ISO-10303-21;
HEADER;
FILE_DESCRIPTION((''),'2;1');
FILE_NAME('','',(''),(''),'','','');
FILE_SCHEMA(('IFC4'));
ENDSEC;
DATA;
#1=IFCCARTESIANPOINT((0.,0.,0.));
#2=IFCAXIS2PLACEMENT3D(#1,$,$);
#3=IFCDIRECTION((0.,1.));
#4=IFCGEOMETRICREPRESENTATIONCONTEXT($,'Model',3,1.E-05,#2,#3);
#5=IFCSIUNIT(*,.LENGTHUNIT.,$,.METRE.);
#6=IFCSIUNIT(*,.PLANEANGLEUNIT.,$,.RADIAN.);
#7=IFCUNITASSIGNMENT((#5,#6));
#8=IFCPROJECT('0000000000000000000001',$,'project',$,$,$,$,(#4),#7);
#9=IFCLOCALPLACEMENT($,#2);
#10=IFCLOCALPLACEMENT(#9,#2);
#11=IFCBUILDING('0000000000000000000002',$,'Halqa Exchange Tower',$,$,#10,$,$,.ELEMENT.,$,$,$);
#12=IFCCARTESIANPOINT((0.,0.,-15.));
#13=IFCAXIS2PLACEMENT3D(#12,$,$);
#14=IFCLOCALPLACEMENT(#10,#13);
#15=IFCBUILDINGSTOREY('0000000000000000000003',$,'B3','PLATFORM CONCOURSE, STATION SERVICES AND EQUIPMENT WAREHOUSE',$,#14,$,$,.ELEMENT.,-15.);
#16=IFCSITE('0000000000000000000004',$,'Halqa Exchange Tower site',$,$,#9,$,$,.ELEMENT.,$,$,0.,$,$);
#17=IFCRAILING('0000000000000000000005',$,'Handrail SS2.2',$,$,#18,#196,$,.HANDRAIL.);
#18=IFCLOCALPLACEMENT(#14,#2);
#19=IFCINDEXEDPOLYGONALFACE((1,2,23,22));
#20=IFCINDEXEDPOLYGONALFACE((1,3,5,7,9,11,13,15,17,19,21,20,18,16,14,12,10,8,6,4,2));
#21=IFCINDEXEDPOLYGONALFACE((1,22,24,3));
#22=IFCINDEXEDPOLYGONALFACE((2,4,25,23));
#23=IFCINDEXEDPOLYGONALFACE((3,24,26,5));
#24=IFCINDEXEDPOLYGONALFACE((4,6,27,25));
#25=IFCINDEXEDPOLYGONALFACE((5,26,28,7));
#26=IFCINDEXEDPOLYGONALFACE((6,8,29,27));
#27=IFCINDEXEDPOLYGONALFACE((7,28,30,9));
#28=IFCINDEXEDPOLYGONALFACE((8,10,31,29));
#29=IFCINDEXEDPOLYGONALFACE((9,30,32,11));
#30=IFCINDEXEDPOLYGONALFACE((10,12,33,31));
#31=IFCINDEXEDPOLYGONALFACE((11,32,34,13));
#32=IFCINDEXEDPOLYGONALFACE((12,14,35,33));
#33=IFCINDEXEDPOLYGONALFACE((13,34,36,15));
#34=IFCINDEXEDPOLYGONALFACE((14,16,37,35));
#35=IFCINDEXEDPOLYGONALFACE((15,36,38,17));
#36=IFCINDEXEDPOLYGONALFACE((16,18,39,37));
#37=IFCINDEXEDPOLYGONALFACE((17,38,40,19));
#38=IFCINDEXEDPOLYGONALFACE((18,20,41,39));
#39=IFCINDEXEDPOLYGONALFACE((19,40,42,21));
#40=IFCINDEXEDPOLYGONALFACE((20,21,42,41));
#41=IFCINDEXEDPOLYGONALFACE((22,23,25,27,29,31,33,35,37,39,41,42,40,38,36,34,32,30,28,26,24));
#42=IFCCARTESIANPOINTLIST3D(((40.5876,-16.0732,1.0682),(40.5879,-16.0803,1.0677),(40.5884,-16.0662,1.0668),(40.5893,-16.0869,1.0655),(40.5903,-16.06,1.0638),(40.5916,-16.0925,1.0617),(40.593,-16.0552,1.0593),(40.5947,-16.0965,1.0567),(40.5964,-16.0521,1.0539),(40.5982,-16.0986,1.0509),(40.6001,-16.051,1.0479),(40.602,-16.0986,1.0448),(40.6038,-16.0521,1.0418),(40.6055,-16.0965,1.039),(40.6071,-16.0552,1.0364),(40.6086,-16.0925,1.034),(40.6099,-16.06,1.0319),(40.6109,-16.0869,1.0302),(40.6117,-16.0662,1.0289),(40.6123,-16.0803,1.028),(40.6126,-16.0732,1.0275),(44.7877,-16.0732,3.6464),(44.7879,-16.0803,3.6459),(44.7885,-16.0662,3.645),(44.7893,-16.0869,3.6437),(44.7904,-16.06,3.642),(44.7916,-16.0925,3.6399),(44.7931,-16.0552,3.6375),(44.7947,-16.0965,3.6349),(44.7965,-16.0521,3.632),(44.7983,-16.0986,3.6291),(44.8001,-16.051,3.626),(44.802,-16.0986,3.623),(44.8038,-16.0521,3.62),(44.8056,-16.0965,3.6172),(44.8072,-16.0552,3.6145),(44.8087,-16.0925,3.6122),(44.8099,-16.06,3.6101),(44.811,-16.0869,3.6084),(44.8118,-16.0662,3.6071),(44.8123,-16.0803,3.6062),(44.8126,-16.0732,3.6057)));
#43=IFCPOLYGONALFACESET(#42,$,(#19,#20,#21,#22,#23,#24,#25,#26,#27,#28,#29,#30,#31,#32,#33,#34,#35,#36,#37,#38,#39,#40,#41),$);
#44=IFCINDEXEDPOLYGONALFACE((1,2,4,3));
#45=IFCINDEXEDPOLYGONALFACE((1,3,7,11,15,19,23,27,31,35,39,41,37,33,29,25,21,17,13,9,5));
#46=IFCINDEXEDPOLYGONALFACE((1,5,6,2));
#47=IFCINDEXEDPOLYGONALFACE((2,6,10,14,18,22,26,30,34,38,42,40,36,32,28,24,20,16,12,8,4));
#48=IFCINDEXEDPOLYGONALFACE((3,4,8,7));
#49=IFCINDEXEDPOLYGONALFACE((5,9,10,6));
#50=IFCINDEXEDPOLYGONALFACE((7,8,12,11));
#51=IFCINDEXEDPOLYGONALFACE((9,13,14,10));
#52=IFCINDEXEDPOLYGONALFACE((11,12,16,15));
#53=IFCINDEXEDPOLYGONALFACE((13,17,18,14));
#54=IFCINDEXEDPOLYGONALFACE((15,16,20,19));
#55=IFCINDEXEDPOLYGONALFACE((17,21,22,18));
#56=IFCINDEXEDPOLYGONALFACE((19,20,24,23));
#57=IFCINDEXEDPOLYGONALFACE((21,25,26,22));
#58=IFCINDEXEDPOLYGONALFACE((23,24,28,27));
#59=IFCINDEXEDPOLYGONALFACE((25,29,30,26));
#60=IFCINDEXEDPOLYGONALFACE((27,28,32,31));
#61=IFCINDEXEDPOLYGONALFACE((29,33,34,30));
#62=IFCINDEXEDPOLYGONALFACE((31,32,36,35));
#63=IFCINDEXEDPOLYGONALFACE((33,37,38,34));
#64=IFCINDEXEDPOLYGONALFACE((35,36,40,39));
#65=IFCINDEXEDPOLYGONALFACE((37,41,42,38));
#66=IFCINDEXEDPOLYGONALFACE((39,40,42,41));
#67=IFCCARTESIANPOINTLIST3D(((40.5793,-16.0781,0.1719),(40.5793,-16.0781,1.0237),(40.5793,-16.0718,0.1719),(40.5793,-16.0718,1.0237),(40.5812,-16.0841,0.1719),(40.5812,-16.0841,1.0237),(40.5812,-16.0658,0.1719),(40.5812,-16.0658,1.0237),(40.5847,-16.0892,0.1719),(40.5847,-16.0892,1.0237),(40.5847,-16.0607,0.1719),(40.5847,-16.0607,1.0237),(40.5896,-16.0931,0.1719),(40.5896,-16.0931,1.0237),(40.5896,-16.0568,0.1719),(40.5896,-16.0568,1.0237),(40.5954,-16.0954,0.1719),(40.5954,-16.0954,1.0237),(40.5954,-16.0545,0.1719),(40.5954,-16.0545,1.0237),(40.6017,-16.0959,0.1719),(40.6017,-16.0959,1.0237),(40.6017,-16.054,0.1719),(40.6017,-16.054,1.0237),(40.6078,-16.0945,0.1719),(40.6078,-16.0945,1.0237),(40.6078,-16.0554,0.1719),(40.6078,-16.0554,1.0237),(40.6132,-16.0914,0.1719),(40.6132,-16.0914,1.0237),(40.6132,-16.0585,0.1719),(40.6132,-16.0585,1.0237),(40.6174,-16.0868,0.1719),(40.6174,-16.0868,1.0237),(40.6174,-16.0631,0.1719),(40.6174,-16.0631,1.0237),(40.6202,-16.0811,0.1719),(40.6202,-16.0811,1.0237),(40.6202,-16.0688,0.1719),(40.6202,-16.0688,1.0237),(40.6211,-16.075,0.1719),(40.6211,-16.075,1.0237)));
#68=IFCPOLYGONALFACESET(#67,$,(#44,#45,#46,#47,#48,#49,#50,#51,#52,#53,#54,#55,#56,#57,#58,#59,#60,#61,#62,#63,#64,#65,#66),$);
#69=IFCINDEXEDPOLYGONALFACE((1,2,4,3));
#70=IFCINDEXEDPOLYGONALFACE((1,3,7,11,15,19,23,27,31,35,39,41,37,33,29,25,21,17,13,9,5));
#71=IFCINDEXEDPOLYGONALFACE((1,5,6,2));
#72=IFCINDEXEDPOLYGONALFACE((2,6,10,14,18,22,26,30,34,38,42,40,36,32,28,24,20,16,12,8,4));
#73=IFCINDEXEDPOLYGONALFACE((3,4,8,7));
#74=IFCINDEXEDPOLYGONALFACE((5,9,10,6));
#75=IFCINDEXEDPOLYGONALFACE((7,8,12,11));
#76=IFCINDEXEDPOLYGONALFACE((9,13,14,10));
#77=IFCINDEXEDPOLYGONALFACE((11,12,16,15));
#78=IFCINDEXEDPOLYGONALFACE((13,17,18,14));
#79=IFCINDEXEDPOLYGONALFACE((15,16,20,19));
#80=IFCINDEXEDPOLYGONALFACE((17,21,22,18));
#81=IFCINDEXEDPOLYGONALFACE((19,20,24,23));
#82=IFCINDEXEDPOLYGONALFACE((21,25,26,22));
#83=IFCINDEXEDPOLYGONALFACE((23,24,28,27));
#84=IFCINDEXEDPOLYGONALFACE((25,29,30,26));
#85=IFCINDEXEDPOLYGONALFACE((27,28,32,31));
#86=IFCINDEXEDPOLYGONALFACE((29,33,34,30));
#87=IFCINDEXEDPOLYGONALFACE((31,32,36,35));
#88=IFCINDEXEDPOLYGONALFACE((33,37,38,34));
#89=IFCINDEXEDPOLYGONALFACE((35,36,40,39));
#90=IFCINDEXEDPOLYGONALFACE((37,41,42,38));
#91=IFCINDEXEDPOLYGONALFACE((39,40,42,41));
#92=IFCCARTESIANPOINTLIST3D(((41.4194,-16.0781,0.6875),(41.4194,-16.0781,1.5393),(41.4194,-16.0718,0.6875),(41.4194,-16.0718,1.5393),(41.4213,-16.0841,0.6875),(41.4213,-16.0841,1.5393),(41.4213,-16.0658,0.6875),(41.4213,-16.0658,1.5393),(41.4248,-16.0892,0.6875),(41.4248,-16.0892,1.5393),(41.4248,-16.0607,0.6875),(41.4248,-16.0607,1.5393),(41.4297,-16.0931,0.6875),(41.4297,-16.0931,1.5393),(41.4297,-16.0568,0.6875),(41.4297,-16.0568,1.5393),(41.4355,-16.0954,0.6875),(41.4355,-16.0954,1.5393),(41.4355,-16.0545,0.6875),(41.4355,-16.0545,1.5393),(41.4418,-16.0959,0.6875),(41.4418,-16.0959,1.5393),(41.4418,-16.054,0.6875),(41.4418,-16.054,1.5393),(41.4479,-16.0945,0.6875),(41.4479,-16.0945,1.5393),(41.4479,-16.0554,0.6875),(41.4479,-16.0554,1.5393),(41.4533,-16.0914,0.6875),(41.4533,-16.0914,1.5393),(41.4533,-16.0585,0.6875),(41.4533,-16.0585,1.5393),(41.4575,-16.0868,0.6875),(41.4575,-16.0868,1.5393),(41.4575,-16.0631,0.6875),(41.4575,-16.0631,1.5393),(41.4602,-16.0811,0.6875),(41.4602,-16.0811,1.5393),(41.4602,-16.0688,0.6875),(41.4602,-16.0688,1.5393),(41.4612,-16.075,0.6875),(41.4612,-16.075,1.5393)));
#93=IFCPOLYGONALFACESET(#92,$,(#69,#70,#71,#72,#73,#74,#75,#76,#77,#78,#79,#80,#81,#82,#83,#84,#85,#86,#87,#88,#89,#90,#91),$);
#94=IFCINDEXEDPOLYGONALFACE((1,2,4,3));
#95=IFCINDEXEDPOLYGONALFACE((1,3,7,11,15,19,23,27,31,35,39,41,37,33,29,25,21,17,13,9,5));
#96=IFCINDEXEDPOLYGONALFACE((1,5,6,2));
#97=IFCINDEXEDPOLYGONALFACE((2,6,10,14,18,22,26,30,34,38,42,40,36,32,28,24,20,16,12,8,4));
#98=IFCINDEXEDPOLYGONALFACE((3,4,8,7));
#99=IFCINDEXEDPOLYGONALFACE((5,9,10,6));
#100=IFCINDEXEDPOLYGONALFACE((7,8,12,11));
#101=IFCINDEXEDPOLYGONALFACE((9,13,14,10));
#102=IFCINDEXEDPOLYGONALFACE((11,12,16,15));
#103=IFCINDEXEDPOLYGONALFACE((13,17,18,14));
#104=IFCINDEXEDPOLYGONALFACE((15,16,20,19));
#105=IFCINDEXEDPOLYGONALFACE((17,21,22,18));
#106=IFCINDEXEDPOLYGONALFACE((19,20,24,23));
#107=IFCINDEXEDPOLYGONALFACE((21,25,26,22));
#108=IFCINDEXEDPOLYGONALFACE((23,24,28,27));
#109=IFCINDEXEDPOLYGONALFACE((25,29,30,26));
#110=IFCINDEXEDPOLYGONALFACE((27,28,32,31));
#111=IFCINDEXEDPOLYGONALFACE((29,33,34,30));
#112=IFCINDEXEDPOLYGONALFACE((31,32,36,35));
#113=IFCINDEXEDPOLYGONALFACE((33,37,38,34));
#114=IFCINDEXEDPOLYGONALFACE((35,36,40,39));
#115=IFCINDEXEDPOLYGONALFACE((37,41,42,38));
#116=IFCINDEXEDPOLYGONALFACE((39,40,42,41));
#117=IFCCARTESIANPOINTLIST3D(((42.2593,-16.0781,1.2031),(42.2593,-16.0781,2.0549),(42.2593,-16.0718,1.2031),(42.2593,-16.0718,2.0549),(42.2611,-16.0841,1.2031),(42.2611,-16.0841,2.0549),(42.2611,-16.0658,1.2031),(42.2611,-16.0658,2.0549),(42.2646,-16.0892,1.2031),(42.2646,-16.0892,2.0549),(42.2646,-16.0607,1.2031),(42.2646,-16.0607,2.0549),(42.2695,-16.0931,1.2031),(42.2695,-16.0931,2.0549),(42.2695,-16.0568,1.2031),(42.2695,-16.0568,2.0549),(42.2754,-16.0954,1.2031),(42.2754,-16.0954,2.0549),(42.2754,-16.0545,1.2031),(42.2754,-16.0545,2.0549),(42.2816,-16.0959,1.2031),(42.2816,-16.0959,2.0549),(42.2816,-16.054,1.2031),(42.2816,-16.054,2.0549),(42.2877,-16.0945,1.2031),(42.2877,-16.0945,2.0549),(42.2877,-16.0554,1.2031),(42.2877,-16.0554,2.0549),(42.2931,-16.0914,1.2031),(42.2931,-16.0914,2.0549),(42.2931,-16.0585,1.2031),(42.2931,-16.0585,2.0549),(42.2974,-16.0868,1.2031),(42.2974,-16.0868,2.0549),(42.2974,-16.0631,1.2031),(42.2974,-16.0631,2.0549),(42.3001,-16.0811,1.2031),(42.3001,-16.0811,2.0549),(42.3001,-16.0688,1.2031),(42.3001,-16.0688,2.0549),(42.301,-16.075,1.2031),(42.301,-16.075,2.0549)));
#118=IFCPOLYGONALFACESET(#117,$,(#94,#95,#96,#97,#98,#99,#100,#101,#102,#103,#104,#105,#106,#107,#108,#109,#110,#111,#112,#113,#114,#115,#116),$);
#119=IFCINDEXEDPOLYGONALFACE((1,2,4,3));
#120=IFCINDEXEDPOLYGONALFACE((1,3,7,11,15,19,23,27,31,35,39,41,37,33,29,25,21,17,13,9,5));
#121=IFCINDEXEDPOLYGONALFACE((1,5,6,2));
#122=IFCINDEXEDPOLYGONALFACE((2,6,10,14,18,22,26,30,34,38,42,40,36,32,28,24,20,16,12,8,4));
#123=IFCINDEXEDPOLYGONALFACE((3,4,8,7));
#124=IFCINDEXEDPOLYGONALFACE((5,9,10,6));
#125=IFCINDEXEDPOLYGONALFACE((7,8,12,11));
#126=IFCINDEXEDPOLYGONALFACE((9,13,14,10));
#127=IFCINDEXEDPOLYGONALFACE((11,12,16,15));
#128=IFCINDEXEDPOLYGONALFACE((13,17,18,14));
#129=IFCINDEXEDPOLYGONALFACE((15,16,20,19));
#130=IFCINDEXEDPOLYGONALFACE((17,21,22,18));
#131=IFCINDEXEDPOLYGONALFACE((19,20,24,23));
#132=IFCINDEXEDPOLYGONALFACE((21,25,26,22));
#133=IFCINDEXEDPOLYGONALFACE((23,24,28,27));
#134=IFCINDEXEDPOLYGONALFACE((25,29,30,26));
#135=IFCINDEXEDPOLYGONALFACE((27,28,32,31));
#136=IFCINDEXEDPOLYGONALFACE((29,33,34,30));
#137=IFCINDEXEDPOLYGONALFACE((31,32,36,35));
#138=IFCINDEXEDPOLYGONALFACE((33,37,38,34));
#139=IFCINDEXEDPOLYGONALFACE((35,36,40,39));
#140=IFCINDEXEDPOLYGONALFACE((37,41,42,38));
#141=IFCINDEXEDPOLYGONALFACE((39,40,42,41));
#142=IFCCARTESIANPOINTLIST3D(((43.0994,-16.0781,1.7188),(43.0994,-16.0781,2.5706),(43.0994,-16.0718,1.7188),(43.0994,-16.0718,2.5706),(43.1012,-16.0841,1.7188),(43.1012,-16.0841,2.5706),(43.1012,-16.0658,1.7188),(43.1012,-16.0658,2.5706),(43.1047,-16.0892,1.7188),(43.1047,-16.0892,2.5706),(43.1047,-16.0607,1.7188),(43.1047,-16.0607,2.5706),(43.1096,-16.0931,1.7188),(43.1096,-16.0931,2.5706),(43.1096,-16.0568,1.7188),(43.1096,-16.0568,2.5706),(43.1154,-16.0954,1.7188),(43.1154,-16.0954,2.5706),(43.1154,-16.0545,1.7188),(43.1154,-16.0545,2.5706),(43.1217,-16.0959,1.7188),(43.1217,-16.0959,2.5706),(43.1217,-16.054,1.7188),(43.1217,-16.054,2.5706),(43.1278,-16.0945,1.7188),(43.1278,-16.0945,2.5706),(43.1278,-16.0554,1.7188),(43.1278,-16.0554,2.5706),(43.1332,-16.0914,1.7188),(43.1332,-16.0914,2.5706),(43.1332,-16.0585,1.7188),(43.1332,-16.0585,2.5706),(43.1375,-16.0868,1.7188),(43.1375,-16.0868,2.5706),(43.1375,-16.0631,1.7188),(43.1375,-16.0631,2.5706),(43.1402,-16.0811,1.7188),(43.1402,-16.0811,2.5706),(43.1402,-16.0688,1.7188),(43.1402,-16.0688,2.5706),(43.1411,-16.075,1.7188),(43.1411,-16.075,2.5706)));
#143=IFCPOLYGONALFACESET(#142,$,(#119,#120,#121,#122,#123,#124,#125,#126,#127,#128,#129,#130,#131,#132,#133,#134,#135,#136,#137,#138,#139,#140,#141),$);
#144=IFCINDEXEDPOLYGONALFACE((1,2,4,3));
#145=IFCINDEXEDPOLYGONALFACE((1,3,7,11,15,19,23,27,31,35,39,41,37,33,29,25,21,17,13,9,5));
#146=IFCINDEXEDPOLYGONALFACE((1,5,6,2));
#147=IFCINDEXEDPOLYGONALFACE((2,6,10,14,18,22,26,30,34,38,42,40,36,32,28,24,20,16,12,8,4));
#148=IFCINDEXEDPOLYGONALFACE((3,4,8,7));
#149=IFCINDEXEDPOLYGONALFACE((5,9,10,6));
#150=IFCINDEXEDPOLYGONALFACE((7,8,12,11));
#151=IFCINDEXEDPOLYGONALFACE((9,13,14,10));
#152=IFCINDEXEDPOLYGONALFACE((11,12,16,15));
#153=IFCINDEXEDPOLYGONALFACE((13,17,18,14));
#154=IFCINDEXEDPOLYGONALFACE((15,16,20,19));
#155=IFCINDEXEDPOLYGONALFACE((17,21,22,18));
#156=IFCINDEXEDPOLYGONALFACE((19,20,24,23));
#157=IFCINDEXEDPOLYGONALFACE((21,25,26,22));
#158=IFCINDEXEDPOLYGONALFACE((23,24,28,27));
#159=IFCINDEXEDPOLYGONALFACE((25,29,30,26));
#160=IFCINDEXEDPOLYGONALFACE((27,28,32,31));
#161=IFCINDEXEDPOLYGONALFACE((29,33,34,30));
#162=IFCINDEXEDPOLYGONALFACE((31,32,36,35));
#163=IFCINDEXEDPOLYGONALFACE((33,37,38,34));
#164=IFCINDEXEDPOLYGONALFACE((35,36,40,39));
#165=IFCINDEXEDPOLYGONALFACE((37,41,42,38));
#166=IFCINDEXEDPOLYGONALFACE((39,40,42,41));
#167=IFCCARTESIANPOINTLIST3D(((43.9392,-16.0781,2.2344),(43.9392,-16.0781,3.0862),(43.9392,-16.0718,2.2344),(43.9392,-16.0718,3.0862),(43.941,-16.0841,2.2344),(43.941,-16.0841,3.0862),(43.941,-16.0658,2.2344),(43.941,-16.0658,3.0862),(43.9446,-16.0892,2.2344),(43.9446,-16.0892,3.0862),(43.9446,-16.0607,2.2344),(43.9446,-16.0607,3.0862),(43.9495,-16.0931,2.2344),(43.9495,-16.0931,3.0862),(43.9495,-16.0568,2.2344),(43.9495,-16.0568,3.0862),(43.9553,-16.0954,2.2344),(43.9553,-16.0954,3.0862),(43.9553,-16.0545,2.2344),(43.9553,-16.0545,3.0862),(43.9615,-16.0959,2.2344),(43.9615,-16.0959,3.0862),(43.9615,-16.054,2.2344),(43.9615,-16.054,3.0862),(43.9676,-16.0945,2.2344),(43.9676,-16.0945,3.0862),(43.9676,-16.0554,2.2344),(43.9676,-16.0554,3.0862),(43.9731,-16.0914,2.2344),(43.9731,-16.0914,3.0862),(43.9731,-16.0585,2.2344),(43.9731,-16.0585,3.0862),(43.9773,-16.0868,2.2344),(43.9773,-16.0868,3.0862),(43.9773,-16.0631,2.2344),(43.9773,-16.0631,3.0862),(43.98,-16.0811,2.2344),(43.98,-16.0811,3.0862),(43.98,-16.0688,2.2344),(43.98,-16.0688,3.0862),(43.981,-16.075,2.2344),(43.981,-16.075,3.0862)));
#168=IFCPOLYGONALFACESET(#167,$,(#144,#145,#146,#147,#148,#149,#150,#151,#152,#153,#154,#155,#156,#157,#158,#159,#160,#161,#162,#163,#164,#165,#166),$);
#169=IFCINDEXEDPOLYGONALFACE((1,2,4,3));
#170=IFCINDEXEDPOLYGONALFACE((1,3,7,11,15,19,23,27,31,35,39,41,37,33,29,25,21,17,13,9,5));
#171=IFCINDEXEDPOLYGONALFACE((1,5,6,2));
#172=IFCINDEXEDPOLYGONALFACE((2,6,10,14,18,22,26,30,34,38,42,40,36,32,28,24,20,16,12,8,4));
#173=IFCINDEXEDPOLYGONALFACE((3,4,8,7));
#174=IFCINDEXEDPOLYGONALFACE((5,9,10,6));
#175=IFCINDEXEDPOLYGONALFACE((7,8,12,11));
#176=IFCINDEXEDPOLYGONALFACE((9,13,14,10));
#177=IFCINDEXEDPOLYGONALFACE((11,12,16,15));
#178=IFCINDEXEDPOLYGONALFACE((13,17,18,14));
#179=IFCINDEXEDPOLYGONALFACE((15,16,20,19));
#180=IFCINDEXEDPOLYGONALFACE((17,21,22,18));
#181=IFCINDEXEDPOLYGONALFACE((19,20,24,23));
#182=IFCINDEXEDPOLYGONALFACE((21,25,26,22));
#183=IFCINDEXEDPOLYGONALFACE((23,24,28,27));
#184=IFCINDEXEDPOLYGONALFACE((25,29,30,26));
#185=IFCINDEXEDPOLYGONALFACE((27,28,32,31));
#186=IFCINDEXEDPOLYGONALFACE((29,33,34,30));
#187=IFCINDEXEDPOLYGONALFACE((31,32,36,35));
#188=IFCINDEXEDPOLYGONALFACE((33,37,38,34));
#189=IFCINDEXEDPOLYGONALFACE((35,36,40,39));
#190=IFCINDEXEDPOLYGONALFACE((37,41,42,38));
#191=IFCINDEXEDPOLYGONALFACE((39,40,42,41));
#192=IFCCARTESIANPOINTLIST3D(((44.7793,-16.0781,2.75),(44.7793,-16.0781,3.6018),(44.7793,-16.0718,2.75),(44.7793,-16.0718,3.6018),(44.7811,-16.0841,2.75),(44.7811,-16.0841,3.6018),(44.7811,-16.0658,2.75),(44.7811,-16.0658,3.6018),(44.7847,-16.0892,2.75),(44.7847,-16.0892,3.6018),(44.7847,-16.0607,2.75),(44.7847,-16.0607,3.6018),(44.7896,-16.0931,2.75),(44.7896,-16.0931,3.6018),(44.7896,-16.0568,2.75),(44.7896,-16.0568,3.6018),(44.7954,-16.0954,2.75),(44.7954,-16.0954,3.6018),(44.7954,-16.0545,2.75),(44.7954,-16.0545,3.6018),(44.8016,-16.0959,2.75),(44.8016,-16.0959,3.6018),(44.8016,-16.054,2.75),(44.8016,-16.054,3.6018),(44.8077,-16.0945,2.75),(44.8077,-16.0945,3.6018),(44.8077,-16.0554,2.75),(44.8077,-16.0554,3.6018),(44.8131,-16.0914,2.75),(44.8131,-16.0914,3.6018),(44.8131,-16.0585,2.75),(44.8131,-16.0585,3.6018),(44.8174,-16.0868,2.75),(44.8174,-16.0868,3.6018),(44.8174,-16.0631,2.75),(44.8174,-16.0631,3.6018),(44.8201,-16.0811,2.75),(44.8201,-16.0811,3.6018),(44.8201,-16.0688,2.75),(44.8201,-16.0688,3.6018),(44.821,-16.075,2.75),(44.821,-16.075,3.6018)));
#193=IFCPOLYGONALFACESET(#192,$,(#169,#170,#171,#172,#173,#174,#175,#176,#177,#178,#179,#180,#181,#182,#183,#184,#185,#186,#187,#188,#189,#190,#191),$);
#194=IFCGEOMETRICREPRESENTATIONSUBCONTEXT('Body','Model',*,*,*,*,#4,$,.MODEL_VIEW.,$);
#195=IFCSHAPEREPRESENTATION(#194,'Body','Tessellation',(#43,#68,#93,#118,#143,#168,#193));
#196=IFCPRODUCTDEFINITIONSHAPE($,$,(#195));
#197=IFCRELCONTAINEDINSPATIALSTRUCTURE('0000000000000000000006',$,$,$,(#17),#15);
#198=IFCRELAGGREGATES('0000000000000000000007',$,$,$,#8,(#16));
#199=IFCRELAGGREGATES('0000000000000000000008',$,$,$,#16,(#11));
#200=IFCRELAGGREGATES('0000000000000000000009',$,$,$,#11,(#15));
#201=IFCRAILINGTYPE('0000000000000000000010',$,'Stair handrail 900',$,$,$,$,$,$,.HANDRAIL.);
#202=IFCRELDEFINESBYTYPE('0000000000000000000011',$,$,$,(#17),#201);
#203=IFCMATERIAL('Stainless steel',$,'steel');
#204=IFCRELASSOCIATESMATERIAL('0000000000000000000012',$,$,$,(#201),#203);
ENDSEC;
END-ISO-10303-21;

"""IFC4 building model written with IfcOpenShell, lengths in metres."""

from ifc_helpers import new_model, si_unit, direction, frame, origin, origin_2d, place, context, subcontext, project, spatial, circle, extrude, material, type_object, element, save


model = new_model("IFC4")

# Units and contexts
model_context = context("Model", 3, precision=1e-05, world=origin(), true_north=direction((0.0, 1.0)))
body_context = subcontext(model_context, "Body", "Model", "MODEL_VIEW")
ifc_project = project(units=[si_unit("LENGTHUNIT", "METRE"), si_unit("PLANEANGLEUNIT", "RADIAN")], contexts=[model_context])

# Site, building, storey
site_placement = place(None, origin())
site = spatial("IfcSite", under=ifc_project, at=site_placement, Name="Halqa Exchange Tower site", CompositionType="ELEMENT", RefElevation=0.0)
building_placement = place(site_placement, origin())
building = spatial("IfcBuilding", under=site, at=building_placement, Name="Halqa Exchange Tower", CompositionType="ELEMENT")
storey_placement = place(building_placement, frame((0.0, 0.0, -15.0)))
storey = spatial("IfcBuildingStorey", under=building, at=storey_placement, Name="B3", Description="PLATFORM CONCOURSE, STATION SERVICES AND EQUIPMENT WAREHOUSE", CompositionType="ELEMENT", Elevation=-15.0)

# Railing
ifc_material_1 = material(Name="Stainless steel", Category="steel")
railing_type = type_object("IfcRailingType", Name="Stair handrail 900", PredefinedType="HANDRAIL", material=ifc_material_1)
railing_1_placement = place(storey_placement, frame((40.6001, -16.075, 0.1719)))
element("IfcRailing", 1, at=railing_1_placement, inside=storey, type_object=railing_type, Name="Handrail SS2.2", PredefinedType="HANDRAIL", context=body_context, shape_type="SweptSolid", body=[
    extrude(circle(Radius=0.0239, at=origin_2d()), frame((0.0, 0.0, 0.876), z_axis=(0.852243, 0.0, 0.523146), x_axis=(0.0, 1.0, 0.0)), (0.0, 0.0, 1.0), 4.9282),
    extrude(circle(Radius=0.021, at=origin_2d()), origin(), (0.0, 0.0, 1.0), 0.8518),
    extrude(circle(Radius=0.021, at=origin_2d()), frame((0.8401, 0.0, 0.5156)), (0.0, 0.0, 1.0), 0.8518),
    extrude(circle(Radius=0.021, at=origin_2d()), frame((1.6799, 0.0, 1.0312)), (0.0, 0.0, 1.0), 0.8518),
    extrude(circle(Radius=0.021, at=origin_2d()), frame((2.52, 0.0, 1.5469)), (0.0, 0.0, 1.0), 0.8518),
    extrude(circle(Radius=0.021, at=origin_2d()), frame((3.3599, 0.0, 2.0625)), (0.0, 0.0, 1.0), 0.8518),
    extrude(circle(Radius=0.021, at=origin_2d()), frame((4.2, 0.0, 2.5781)), (0.0, 0.0, 1.0), 0.8518),
])

save(model, "model.ifc")
